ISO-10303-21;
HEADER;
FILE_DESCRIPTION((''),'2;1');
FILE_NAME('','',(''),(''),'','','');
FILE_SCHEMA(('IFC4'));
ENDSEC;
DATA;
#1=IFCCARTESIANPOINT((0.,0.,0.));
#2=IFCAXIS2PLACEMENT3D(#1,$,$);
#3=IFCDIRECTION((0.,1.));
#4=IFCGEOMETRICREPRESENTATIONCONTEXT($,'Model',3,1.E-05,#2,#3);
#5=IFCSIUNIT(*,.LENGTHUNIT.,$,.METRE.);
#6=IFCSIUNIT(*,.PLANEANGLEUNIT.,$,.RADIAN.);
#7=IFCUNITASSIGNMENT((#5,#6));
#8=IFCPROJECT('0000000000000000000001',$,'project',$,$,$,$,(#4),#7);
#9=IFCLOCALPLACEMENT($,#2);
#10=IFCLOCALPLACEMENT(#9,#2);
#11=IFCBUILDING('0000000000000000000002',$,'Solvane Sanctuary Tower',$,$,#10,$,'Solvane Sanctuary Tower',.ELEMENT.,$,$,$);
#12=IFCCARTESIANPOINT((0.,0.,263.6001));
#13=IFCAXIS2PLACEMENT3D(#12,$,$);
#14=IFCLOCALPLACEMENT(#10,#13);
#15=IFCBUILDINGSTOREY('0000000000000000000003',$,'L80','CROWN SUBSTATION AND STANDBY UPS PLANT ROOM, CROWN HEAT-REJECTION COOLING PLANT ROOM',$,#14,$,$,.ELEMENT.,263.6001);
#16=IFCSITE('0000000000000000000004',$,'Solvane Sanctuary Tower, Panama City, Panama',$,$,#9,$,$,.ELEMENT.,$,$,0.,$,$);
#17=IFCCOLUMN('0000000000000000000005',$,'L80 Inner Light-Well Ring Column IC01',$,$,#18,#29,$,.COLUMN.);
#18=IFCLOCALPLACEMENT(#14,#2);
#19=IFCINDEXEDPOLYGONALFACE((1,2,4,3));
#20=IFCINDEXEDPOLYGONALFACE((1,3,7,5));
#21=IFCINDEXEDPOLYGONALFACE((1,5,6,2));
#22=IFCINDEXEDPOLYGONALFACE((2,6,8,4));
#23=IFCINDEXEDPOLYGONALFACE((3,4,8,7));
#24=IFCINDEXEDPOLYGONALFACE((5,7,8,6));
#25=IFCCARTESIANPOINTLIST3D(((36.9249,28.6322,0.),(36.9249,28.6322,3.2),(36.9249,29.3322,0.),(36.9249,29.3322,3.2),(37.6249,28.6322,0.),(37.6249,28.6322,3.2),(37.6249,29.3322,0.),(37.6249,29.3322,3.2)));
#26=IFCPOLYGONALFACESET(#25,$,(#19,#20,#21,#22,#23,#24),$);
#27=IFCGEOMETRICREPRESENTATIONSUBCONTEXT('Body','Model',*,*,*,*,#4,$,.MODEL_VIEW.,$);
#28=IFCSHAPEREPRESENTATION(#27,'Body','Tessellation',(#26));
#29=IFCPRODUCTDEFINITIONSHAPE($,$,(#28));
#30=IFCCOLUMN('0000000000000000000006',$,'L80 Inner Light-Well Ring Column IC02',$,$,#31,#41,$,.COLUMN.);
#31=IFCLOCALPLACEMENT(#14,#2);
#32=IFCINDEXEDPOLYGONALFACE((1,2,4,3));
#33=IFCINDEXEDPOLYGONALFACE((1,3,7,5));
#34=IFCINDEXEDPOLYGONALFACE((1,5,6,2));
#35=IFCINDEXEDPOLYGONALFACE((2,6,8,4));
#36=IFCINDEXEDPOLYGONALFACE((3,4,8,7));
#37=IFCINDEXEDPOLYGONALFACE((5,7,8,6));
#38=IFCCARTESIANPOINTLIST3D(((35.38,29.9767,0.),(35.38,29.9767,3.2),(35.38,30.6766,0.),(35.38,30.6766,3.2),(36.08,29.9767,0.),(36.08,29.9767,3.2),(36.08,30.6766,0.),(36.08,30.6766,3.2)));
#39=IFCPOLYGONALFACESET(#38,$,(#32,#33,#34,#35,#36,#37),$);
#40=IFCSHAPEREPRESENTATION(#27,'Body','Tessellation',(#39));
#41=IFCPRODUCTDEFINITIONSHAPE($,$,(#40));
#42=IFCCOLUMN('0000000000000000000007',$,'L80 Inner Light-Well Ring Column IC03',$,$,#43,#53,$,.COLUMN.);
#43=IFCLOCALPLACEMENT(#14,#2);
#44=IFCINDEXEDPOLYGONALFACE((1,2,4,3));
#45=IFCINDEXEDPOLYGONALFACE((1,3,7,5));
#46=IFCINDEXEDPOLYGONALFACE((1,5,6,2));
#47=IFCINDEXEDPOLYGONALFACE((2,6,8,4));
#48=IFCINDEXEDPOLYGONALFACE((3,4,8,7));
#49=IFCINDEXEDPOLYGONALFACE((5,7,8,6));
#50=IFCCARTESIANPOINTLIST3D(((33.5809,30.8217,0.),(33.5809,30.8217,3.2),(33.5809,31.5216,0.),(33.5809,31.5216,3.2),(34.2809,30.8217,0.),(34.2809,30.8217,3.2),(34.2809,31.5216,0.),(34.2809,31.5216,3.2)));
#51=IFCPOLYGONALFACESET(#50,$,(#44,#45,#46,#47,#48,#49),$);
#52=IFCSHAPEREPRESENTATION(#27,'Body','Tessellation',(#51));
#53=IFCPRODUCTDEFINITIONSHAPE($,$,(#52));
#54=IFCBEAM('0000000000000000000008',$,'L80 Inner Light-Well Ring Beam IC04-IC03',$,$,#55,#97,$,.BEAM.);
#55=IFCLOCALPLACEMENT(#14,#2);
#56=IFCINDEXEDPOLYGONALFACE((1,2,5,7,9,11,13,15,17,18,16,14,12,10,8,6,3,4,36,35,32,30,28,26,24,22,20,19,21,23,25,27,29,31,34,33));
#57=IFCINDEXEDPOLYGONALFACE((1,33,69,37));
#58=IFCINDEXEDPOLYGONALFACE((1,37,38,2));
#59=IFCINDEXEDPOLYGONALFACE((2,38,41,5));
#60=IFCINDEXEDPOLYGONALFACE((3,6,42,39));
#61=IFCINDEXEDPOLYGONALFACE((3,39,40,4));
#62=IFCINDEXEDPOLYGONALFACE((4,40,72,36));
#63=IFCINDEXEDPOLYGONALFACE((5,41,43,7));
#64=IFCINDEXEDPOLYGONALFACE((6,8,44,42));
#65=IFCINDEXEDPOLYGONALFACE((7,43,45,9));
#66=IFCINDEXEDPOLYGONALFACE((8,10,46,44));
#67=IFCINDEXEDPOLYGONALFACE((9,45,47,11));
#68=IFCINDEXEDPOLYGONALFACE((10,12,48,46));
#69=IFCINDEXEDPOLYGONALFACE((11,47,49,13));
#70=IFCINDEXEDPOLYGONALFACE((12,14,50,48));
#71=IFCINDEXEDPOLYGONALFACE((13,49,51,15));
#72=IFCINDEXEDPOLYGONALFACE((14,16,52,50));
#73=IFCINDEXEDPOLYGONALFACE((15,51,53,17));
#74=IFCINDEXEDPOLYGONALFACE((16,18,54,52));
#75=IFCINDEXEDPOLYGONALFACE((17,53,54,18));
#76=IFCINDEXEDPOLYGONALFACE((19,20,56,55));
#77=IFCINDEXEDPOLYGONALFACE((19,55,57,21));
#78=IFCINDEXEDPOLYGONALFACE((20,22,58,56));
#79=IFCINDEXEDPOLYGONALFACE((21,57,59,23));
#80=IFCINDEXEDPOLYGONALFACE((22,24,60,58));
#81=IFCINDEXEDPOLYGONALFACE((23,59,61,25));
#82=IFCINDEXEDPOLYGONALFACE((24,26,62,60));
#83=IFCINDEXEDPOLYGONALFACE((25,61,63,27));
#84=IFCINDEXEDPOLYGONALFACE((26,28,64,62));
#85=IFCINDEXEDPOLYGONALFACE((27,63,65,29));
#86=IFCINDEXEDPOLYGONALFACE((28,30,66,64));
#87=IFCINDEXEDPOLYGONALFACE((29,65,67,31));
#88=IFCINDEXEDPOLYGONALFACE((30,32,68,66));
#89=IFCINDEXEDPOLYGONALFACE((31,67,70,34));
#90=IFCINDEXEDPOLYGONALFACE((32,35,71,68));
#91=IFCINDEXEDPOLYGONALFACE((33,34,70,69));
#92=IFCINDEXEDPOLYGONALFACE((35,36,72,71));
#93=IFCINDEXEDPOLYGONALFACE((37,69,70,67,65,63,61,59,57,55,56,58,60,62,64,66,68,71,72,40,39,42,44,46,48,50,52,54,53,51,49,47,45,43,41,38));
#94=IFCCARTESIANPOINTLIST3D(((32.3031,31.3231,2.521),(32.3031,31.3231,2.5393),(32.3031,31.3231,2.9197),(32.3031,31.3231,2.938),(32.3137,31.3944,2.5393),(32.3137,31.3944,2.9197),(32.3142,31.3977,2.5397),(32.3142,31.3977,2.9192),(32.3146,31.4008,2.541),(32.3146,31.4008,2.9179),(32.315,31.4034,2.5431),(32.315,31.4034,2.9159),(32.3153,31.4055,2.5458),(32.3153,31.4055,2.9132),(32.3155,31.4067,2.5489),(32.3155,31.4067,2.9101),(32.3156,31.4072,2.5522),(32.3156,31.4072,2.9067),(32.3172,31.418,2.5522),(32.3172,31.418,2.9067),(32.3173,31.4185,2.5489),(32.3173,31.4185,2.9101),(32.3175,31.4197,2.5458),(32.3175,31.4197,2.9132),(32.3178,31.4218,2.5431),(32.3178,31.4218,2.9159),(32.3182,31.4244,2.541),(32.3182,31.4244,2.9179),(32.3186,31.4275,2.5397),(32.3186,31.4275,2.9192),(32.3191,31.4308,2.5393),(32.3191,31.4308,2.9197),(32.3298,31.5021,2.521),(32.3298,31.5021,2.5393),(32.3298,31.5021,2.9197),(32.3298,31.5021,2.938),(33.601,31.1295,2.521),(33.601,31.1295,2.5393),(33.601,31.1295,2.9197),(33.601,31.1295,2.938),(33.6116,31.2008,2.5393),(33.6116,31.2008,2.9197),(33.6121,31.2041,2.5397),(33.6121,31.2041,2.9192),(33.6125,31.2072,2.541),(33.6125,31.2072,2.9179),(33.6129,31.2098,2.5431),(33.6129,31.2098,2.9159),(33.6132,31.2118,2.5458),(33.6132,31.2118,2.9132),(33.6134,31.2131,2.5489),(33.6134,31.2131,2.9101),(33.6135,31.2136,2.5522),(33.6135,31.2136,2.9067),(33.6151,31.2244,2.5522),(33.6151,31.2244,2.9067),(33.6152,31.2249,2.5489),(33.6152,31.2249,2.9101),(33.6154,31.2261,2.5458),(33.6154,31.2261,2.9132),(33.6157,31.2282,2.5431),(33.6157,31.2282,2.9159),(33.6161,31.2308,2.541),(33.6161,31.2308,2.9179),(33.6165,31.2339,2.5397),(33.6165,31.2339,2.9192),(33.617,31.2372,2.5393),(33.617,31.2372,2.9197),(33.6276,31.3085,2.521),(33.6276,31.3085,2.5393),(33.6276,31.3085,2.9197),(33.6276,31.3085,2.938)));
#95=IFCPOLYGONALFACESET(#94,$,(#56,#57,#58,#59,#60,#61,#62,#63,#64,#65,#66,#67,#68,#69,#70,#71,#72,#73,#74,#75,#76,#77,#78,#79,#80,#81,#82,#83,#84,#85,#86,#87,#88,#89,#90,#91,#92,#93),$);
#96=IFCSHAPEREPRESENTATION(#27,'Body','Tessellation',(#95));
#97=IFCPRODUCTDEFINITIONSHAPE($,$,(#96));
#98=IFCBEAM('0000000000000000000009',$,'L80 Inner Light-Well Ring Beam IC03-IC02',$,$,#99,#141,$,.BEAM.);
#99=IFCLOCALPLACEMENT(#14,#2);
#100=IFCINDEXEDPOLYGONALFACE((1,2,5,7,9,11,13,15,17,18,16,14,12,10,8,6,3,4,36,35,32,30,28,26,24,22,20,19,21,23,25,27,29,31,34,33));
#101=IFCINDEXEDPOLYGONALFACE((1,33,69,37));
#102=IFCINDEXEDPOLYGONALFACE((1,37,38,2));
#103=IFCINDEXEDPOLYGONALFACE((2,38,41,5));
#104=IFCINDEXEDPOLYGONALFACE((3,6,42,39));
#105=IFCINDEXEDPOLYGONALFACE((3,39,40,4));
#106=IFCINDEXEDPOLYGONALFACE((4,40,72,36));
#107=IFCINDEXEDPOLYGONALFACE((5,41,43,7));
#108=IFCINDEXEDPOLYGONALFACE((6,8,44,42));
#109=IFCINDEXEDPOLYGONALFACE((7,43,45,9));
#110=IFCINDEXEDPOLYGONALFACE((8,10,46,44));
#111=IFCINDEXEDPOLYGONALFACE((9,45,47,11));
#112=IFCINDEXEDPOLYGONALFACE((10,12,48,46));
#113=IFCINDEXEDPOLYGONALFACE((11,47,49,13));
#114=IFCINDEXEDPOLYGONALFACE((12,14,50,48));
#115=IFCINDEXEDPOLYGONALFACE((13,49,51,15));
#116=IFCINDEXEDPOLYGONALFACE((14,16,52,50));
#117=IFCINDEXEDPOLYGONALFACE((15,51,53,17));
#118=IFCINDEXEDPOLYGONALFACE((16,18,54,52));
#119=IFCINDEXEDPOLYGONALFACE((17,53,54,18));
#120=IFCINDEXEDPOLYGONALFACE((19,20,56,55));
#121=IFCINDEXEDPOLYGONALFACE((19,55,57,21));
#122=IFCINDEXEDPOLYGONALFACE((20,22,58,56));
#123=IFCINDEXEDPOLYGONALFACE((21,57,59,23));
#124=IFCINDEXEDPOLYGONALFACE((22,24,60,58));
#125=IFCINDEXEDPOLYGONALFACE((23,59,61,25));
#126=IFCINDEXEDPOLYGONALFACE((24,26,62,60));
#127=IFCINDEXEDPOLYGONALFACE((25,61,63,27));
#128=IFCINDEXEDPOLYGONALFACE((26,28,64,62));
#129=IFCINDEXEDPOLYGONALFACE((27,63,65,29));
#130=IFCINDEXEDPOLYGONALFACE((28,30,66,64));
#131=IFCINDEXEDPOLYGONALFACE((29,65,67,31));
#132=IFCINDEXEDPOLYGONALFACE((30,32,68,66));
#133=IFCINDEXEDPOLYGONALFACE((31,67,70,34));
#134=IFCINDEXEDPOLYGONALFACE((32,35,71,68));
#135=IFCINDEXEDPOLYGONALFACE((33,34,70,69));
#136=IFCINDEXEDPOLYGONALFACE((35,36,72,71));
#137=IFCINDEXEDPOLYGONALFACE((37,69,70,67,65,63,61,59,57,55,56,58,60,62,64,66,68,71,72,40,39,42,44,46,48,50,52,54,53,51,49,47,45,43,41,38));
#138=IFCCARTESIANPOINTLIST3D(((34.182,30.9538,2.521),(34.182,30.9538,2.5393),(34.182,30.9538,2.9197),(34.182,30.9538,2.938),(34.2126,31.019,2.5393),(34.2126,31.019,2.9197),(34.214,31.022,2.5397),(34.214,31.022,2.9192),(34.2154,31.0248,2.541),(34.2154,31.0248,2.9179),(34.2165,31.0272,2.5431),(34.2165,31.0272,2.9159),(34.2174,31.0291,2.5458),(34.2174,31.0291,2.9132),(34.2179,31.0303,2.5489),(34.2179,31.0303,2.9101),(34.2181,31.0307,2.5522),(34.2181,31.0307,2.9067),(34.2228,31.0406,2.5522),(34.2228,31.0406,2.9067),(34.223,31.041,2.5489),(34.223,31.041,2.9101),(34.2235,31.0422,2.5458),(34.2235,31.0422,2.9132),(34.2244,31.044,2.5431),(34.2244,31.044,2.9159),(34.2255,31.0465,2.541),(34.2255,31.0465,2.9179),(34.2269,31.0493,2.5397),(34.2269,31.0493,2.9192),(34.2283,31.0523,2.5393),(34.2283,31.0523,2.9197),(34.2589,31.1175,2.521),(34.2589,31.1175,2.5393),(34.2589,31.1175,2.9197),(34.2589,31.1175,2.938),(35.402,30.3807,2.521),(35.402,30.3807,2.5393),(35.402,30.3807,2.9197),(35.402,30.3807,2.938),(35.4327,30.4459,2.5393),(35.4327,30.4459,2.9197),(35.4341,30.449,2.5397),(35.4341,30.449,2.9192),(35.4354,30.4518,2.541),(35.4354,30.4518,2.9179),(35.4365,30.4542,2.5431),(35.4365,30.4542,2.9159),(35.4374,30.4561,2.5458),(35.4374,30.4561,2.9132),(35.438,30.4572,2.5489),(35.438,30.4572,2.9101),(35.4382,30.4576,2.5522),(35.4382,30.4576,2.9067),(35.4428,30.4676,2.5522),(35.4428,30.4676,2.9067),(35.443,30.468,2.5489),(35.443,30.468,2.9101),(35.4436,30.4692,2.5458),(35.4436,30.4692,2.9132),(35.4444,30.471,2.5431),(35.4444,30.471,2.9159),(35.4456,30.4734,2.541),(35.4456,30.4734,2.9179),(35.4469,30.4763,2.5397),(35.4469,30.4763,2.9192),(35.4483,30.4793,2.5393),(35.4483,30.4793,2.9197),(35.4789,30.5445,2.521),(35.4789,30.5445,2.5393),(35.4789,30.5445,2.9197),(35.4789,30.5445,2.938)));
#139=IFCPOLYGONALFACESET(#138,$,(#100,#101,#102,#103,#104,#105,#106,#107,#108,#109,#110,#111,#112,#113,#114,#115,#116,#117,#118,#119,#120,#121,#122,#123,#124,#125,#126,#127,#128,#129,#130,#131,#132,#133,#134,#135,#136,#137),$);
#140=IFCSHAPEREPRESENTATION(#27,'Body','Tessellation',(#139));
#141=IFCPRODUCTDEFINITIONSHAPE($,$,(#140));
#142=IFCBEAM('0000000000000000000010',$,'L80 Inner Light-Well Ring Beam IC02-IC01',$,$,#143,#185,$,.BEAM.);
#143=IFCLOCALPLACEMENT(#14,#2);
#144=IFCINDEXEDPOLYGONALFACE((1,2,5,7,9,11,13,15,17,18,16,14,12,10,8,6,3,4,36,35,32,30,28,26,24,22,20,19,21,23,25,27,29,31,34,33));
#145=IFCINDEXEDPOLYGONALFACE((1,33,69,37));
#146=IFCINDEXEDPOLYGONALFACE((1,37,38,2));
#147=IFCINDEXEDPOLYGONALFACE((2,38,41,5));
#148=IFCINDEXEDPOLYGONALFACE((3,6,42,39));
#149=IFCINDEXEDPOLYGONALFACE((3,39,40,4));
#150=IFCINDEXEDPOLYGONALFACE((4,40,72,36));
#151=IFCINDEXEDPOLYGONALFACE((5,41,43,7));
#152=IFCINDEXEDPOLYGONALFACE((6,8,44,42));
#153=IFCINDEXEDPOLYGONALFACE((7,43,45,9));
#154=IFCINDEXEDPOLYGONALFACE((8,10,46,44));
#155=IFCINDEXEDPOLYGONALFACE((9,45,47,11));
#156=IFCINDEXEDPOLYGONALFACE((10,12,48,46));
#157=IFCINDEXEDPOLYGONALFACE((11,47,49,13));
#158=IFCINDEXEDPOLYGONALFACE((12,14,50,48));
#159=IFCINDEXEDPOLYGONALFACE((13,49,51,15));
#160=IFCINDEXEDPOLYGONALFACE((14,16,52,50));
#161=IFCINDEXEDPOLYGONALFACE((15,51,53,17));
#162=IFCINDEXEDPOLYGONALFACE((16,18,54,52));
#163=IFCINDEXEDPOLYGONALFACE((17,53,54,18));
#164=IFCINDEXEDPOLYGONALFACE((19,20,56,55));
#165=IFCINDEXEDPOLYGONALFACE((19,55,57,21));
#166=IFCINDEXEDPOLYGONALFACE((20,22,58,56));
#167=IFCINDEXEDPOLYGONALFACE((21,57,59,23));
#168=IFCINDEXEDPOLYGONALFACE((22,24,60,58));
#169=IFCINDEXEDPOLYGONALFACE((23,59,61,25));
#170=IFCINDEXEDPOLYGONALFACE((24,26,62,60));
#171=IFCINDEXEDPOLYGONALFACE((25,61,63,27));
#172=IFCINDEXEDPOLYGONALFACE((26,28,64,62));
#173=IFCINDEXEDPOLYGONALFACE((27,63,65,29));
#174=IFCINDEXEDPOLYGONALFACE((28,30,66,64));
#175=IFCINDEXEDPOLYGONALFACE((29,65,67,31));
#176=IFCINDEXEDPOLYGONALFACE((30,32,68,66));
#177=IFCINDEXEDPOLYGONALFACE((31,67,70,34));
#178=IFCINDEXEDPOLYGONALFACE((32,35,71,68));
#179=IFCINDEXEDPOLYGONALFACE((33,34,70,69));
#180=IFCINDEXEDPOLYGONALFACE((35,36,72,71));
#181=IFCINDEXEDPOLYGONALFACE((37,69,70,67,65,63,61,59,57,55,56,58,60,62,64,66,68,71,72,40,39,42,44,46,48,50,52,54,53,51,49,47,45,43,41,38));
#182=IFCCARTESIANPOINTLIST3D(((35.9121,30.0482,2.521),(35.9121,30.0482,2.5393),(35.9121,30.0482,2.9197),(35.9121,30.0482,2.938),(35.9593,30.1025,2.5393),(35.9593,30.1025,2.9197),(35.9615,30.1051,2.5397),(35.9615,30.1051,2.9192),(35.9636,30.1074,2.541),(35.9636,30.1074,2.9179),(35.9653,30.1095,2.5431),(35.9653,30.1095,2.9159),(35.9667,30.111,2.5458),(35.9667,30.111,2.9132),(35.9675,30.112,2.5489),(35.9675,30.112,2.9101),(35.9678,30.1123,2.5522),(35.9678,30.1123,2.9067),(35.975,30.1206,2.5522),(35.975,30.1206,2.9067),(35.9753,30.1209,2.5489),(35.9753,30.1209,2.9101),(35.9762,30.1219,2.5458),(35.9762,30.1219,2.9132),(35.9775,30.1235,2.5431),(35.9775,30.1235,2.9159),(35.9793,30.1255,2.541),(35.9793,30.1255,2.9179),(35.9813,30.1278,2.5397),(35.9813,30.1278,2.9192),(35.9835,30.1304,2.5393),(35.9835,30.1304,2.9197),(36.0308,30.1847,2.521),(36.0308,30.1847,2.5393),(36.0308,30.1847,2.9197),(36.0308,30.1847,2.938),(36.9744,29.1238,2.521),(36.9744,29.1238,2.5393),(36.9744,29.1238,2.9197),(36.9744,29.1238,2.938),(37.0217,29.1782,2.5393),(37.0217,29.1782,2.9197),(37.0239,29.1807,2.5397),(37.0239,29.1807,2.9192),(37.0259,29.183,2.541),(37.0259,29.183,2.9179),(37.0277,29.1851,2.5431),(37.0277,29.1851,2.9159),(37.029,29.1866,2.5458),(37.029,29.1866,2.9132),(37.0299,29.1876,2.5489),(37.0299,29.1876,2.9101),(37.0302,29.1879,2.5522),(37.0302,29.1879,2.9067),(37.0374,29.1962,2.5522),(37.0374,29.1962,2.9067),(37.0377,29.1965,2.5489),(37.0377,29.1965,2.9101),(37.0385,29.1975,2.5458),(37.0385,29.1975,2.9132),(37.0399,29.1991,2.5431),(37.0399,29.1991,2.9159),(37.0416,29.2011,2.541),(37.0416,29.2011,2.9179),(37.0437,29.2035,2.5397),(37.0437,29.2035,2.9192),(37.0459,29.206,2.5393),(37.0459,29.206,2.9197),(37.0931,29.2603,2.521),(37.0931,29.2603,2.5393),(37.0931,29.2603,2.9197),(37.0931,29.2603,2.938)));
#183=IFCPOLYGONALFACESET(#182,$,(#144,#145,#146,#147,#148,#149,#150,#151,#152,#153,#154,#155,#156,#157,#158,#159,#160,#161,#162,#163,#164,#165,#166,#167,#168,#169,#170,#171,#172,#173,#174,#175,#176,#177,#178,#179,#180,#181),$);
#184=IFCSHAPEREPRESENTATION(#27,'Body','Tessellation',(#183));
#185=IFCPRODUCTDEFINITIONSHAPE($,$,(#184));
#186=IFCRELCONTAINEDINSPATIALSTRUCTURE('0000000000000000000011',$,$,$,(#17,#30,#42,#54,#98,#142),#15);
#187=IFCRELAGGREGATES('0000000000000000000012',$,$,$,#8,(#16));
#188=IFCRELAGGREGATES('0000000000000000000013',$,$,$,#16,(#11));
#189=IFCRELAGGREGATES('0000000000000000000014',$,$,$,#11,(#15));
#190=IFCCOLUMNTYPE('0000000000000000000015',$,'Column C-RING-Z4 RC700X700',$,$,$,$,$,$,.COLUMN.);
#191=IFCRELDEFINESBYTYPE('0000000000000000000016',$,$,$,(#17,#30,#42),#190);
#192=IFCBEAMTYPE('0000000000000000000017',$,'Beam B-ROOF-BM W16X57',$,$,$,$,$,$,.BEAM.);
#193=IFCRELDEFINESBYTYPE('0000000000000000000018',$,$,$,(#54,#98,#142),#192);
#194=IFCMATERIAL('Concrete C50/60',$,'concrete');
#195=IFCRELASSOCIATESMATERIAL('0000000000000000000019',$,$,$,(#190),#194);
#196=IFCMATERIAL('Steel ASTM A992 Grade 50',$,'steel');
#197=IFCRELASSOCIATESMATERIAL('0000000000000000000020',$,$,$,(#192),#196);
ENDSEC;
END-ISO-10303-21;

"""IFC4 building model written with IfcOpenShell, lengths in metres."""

from ifc_helpers import new_model, si_unit, direction, frame, origin, origin_2d, place, context, subcontext, project, spatial, rectangle, i_section, extrude, material, material_profile, profile_set, type_object, element, save


model = new_model("IFC4")

# Units and contexts
model_context = context("Model", 3, precision=1e-05, world=origin(), true_north=direction((0.0, 1.0)))
body_context = subcontext(model_context, "Body", "Model", "MODEL_VIEW")
ifc_project = project(units=[si_unit("LENGTHUNIT", "METRE"), si_unit("PLANEANGLEUNIT", "RADIAN")], contexts=[model_context])

# Site, building, storey
site_placement = place(None, origin())
site = spatial("IfcSite", under=ifc_project, at=site_placement, Name="Solvane Sanctuary Tower, Panama City, Panama", CompositionType="ELEMENT", RefElevation=0.0)
building_placement = place(site_placement, origin())
building = spatial("IfcBuilding", under=site, at=building_placement, Name="Solvane Sanctuary Tower", LongName="Solvane Sanctuary Tower", CompositionType="ELEMENT")
storey_placement = place(building_placement, frame((0.0, 0.0, 263.6001)))
storey = spatial("IfcBuildingStorey", under=building, at=storey_placement, Name="L80", Description="CROWN SUBSTATION AND STANDBY UPS PLANT ROOM, CROWN HEAT-REJECTION COOLING PLANT ROOM", CompositionType="ELEMENT", Elevation=263.6001)

# Columns
ifc_material_1 = material(Name="Concrete C50/60", Category="concrete")
ifc_material_profile_1 = material_profile(ifc_material_1, rectangle(XDim=0.7, YDim=0.7, at=origin_2d()), Name="RC700X700")
ifc_profile_set_1 = profile_set([ifc_material_profile_1], Name="Concrete C50/60")
column_type = type_object("IfcColumnType", Name="Column C-RING-Z4 RC700X700", PredefinedType="COLUMN", material=ifc_profile_set_1)
for number, where, z_axis, x_axis, name in (
    (1, (37.2749, 28.9822, 0.0), (0.0, 0.0, 1.0), (1.0, 0.0, 0.0), "L80 Inner Light-Well Ring Column IC01"),
    (2, (35.73, 30.3267, 0.0), (0.0, 0.0, 1.0), (1.0, 0.0, 0.0), "L80 Inner Light-Well Ring Column IC02"),
    (3, (33.9309, 31.1716, 0.0), (0.0, 0.0, 1.0), (1.0, 0.0, 0.0), "L80 Inner Light-Well Ring Column IC03"),
):
    element("IfcColumn", number, at=place(storey_placement, frame(where, z_axis=z_axis, x_axis=x_axis)), inside=storey, type_object=column_type, Name=name, PredefinedType="COLUMN", context=body_context, shape_type="SweptSolid", body=[
        extrude(rectangle(XDim=0.7, YDim=0.7, at=origin_2d()), origin(), (0.0, 0.0, 1.0), 3.2),
    ])

# Beams
ifc_material_2 = material(Name="Steel ASTM A992 Grade 50", Category="steel")
ifc_material_profile_2 = material_profile(ifc_material_2, i_section(OverallWidth=0.1809, OverallDepth=0.417, WebThickness=0.011, FlangeThickness=0.0183, FilletRadius=0.0129, at=origin_2d()), Name="W16X57")
ifc_profile_set_2 = profile_set([ifc_material_profile_2], Name="Steel ASTM A992 Grade 50")
beam_type_1 = type_object("IfcBeamType", Name="Beam B-ROOF-BM W16X57", PredefinedType="BEAM", material=ifc_profile_set_2)
beam_1_placement = place(storey_placement, frame((32.3164, 31.4126, 2.7295), z_axis=(0.989056, -0.14754, 0.0), x_axis=(0.14754, 0.989056, 0.0)))
element("IfcBeam", 4, at=beam_1_placement, inside=storey, type_object=beam_type_1, Name="L80 Inner Light-Well Ring Beam IC04-IC03", PredefinedType="BEAM", context=body_context, shape_type="SweptSolid", body=[
    extrude(i_section(OverallWidth=0.1809, OverallDepth=0.417, WebThickness=0.011, FlangeThickness=0.0183, FilletRadius=0.0129, at=origin_2d()), origin(), (0.0, 0.0, 1.0), 1.3123),
])
beam_2_placement = place(storey_placement, frame((34.2205, 31.0356, 2.7295), z_axis=(0.905135, -0.425125, 0.0), x_axis=(0.425125, 0.905135, 0.0)))
element("IfcBeam", 5, at=beam_2_placement, inside=storey, type_object=beam_type_1, Name="L80 Inner Light-Well Ring Beam IC03-IC02", PredefinedType="BEAM", context=body_context, shape_type="SweptSolid", body=[
    extrude(i_section(OverallWidth=0.1809, OverallDepth=0.417, WebThickness=0.011, FlangeThickness=0.0183, FilletRadius=0.0129, at=origin_2d()), origin(), (0.0, 0.0, 1.0), 1.3479),
])
beam_3_placement = place(storey_placement, frame((35.9714, 30.1165, 2.7295), z_axis=(0.754389, -0.656428, 0.0), x_axis=(0.656428, 0.754389, 0.0)))
element("IfcBeam", 6, at=beam_3_placement, inside=storey, type_object=beam_type_1, Name="L80 Inner Light-Well Ring Beam IC02-IC01", PredefinedType="BEAM", context=body_context, shape_type="SweptSolid", body=[
    extrude(i_section(OverallWidth=0.1809, OverallDepth=0.417, WebThickness=0.011, FlangeThickness=0.0183, FilletRadius=0.0129, at=origin_2d()), origin(), (0.0, 0.0, 1.0), 1.4082),
])

save(model, "model.ifc")
